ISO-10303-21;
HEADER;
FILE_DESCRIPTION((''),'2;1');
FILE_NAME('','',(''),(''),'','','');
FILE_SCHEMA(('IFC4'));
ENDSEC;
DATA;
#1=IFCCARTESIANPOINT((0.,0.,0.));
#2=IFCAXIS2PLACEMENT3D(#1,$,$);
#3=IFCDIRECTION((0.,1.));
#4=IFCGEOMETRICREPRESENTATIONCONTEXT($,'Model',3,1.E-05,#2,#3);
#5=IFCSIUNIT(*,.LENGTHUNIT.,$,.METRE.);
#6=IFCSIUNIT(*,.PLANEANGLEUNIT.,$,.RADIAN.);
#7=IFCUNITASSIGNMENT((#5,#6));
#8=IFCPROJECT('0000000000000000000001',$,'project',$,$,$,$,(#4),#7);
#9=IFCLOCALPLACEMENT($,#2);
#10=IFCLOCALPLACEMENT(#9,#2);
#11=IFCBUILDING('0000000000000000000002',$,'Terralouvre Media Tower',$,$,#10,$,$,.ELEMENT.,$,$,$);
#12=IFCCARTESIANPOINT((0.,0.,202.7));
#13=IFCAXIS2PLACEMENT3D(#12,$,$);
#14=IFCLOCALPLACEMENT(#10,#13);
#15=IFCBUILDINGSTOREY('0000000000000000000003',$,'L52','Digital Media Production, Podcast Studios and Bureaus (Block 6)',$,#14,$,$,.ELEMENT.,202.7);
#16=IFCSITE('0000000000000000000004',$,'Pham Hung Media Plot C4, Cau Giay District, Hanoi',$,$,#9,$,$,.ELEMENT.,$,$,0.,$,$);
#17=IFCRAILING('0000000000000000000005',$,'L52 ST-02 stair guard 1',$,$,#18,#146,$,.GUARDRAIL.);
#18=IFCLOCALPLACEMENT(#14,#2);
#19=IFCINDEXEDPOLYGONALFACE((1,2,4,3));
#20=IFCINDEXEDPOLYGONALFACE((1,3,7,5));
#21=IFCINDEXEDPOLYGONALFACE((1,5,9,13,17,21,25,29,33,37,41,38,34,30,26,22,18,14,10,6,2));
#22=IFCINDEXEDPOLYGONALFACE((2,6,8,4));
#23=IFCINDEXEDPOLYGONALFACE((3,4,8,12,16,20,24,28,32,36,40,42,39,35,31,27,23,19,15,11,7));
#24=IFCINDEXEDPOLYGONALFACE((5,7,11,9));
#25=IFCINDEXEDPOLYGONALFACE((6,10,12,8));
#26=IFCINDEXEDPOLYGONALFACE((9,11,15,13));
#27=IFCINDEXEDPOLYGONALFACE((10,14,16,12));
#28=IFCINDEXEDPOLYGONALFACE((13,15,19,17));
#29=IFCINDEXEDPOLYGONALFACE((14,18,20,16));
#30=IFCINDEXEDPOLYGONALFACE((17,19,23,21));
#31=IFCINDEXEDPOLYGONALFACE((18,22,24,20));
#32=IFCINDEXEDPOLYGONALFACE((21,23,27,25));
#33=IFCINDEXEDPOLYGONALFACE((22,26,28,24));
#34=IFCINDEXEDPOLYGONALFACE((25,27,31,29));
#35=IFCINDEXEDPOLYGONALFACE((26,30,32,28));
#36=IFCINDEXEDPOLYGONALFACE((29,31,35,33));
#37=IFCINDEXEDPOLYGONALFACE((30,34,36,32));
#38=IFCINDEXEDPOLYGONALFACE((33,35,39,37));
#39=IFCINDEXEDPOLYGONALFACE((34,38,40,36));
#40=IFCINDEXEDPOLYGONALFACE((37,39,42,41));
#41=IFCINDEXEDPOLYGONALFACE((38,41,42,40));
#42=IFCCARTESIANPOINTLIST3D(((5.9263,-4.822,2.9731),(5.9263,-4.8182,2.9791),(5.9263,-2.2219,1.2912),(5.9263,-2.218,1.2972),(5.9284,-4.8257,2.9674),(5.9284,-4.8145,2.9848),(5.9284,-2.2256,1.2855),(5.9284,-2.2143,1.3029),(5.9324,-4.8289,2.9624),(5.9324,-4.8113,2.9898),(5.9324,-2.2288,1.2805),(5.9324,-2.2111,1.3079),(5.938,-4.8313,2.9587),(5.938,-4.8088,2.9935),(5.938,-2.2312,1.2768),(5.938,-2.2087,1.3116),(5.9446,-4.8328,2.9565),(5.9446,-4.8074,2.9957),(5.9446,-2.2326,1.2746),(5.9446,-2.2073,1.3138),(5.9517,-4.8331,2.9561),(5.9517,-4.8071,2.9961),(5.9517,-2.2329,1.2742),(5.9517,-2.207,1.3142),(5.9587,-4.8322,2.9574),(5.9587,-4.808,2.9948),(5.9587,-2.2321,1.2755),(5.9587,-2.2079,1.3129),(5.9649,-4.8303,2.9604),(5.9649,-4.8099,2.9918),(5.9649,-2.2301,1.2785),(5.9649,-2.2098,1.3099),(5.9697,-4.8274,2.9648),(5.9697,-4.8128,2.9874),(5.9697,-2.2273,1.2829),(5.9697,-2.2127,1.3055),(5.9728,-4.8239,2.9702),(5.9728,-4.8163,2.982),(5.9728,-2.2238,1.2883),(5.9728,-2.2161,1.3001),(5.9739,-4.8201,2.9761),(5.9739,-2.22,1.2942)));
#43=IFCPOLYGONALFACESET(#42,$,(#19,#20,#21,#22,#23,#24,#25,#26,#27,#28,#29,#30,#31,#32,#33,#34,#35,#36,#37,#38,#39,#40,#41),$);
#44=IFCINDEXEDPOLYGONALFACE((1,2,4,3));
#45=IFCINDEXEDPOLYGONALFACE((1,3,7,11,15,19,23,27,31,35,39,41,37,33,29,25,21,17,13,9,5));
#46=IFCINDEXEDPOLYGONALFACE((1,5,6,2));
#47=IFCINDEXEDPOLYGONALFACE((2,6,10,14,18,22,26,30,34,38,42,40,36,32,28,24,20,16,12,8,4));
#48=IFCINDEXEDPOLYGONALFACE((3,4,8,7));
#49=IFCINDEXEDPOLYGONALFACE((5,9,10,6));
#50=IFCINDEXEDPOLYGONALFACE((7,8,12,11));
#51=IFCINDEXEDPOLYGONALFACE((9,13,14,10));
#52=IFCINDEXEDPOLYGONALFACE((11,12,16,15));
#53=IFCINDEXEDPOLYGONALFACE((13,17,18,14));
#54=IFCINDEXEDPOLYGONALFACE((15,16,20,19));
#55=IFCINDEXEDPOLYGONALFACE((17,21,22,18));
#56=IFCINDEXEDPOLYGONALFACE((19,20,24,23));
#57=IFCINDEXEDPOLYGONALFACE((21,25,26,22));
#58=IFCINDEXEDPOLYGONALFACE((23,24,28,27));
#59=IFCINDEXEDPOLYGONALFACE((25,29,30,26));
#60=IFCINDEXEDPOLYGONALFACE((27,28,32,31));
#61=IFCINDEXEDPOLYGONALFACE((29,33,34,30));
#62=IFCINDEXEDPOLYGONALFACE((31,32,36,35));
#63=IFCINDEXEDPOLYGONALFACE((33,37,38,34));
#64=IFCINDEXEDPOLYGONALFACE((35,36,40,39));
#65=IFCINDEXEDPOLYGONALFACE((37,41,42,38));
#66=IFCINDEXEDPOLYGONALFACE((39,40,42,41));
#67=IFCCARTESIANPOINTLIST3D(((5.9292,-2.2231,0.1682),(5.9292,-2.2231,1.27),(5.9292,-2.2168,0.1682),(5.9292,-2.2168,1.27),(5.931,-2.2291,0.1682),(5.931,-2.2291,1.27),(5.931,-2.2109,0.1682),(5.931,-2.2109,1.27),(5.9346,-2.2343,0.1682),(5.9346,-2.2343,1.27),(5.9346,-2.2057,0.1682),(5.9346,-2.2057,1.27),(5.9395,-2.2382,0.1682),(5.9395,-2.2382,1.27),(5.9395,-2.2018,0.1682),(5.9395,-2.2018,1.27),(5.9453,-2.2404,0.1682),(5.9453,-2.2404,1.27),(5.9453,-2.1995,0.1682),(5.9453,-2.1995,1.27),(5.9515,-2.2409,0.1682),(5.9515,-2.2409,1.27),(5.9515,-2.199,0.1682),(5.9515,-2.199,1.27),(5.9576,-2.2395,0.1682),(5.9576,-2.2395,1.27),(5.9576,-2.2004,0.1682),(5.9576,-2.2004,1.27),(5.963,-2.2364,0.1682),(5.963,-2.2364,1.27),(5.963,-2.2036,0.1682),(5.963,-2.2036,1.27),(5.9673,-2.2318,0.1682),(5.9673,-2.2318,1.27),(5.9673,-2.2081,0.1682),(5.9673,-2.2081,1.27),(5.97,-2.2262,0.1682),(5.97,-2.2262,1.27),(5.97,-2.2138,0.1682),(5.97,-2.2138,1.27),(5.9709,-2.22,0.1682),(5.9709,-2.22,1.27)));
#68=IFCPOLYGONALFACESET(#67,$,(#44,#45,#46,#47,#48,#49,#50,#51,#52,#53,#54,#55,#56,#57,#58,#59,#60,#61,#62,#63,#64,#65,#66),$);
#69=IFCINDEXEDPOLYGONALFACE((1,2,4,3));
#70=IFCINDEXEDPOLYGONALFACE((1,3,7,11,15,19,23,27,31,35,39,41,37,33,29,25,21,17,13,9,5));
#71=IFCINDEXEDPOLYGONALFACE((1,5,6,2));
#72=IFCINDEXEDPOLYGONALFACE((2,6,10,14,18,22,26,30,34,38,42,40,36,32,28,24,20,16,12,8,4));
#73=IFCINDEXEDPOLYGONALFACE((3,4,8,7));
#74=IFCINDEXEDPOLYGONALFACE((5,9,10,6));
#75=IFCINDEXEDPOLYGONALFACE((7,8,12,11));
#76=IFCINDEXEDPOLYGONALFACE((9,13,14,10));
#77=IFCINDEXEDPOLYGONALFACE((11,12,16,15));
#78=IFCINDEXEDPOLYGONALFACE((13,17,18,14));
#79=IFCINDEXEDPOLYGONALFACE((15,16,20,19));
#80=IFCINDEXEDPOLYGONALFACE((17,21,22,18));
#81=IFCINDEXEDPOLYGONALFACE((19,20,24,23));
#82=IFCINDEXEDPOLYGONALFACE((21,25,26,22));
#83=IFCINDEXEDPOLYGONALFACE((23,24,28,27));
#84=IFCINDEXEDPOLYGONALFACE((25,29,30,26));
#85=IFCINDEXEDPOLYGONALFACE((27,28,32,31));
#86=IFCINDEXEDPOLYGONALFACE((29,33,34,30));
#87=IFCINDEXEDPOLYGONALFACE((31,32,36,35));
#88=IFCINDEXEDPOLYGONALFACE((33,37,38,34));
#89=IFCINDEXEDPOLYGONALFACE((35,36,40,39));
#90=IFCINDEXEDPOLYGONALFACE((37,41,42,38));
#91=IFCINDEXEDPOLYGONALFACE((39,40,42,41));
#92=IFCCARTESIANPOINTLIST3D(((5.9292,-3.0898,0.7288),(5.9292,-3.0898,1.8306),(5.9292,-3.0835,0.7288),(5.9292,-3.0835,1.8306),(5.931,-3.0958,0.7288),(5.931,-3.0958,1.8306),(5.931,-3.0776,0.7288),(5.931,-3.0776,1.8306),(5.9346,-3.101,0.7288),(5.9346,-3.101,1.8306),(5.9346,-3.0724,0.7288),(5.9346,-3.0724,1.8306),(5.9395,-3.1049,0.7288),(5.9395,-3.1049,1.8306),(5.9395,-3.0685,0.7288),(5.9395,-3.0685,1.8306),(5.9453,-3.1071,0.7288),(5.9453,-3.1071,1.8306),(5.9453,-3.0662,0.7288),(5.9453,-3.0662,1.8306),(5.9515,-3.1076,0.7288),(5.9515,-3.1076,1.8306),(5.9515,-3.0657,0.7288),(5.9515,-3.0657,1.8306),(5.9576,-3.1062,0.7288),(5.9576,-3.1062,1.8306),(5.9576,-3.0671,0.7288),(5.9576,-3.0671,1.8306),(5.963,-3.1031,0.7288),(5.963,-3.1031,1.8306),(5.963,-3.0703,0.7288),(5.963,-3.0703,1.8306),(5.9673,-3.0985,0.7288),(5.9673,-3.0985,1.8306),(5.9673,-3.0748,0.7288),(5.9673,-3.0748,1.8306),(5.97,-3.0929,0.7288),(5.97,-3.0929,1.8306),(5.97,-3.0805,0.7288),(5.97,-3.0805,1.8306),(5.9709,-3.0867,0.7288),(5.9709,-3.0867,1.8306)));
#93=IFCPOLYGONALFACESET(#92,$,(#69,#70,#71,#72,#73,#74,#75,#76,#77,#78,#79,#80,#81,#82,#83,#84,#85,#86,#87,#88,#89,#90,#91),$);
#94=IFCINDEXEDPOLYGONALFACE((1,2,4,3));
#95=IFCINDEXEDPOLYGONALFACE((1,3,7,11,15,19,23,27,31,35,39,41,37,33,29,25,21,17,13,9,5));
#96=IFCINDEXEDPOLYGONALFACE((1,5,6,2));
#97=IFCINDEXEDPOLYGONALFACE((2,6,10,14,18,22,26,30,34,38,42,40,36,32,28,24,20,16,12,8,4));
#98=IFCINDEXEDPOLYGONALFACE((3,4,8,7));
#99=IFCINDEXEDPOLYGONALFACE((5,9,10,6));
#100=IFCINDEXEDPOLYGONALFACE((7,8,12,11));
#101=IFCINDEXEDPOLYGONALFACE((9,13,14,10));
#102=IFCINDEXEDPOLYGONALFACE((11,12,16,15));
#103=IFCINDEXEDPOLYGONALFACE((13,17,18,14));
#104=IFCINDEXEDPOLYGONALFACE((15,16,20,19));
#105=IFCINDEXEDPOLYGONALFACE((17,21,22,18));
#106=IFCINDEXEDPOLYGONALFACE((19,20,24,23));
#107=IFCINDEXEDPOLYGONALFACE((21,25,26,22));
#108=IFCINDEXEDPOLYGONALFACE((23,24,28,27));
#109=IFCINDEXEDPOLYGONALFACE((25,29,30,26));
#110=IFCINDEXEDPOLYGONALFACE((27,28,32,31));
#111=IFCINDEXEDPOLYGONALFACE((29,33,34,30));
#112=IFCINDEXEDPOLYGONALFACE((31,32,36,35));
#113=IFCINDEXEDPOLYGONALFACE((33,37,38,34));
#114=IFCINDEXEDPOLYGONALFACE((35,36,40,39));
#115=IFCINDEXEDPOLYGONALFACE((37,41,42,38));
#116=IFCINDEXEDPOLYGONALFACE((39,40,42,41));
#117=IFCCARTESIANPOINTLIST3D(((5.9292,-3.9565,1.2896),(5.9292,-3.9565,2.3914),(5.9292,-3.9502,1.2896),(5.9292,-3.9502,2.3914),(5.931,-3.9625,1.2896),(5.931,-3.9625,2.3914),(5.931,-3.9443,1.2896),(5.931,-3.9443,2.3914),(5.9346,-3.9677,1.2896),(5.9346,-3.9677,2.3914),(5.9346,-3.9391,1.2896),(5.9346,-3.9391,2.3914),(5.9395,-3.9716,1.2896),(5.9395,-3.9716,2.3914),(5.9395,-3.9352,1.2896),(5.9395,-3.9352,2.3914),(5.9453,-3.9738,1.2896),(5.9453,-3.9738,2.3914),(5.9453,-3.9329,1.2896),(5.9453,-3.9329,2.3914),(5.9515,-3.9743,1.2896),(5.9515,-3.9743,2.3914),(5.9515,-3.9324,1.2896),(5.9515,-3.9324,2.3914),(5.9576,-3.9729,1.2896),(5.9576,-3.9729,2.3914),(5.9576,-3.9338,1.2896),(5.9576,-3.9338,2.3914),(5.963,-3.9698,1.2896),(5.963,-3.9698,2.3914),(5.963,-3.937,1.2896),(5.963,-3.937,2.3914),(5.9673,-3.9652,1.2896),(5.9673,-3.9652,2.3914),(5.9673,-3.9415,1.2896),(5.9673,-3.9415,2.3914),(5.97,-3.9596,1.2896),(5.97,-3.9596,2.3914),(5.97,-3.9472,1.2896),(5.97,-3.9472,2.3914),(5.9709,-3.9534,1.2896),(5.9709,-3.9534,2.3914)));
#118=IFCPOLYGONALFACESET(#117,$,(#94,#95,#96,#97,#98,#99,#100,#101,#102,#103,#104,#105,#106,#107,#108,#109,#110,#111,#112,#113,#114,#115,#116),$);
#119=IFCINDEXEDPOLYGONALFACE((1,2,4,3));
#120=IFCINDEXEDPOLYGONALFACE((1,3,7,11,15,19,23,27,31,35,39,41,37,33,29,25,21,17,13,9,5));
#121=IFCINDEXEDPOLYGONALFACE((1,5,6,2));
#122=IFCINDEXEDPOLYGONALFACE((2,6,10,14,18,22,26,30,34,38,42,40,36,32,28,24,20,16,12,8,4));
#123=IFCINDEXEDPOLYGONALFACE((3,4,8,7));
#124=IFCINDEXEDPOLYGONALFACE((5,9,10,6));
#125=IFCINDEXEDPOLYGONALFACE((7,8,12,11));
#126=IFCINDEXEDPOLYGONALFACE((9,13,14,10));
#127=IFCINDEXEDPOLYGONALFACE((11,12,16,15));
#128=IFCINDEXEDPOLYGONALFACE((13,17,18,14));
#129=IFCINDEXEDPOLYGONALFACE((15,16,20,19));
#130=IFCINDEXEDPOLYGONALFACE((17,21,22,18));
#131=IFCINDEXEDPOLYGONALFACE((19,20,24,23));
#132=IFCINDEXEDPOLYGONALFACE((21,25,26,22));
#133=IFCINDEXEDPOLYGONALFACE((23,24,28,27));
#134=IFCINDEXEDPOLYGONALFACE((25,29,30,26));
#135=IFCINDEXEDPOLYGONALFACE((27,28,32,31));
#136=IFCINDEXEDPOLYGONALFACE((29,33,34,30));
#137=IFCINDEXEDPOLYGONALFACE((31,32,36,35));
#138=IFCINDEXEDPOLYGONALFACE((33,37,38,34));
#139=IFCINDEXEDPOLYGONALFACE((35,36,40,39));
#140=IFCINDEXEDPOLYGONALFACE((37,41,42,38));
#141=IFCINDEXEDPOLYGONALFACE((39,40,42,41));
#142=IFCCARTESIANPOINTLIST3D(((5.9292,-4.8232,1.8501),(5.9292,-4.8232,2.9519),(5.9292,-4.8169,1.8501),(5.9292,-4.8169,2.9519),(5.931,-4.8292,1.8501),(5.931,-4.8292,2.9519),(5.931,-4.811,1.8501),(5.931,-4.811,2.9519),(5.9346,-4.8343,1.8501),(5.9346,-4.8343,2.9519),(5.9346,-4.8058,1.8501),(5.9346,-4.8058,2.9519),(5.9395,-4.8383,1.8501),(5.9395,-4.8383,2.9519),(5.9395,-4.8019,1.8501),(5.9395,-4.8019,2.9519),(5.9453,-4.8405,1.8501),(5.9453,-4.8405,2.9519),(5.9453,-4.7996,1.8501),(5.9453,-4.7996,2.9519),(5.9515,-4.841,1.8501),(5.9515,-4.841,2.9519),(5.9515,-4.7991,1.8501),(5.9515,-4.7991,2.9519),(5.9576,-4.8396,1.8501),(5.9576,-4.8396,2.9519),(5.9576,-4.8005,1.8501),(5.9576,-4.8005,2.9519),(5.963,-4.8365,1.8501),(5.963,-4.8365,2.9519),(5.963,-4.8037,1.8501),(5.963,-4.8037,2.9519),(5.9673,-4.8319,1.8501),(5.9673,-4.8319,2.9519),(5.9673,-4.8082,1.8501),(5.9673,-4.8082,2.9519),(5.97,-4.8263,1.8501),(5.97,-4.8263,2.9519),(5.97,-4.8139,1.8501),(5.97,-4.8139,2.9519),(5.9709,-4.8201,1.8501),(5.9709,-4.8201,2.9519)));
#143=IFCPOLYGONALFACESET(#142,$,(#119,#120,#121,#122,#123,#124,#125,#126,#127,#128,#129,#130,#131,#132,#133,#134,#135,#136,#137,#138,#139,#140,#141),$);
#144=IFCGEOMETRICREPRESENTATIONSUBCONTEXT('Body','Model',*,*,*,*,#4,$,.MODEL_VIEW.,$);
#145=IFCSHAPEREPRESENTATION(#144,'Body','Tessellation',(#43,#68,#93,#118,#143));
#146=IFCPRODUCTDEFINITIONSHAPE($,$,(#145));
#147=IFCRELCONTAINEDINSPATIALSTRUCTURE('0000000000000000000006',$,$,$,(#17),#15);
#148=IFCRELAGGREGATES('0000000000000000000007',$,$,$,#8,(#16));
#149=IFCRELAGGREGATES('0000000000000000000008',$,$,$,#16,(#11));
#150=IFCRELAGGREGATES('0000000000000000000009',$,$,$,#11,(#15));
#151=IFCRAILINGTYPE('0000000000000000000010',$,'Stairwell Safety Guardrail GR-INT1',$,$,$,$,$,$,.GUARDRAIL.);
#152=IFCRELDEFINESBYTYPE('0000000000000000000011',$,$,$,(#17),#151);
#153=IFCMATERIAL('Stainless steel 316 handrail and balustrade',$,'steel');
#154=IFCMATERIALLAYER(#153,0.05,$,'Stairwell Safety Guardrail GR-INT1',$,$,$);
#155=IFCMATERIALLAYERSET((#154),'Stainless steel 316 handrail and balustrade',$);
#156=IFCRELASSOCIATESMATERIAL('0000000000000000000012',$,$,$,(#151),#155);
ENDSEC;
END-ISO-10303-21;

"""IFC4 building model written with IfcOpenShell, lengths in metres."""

from ifc_helpers import new_model, si_unit, direction, frame, origin, origin_2d, place, context, subcontext, project, spatial, circle, extrude, material, layer, layer_set, type_object, element, save


model = new_model("IFC4")

# Units and contexts
model_context = context("Model", 3, precision=1e-05, world=origin(), true_north=direction((0.0, 1.0)))
body_context = subcontext(model_context, "Body", "Model", "MODEL_VIEW")
ifc_project = project(units=[si_unit("LENGTHUNIT", "METRE"), si_unit("PLANEANGLEUNIT", "RADIAN")], contexts=[model_context])

# Site, building, storey
site_placement = place(None, origin())
site = spatial("IfcSite", under=ifc_project, at=site_placement, Name="Pham Hung Media Plot C4, Cau Giay District, Hanoi", CompositionType="ELEMENT", RefElevation=0.0)
building_placement = place(site_placement, origin())
building = spatial("IfcBuilding", under=site, at=building_placement, Name="Terralouvre Media Tower", CompositionType="ELEMENT")
storey_placement = place(building_placement, frame((0.0, 0.0, 202.7)))
storey = spatial("IfcBuildingStorey", under=building, at=storey_placement, Name="L52", Description="Digital Media Production, Podcast Studios and Bureaus (Block 6)", CompositionType="ELEMENT", Elevation=202.7)

# Railing
ifc_material_1 = material(Name="Stainless steel 316 handrail and balustrade", Category="steel")
ifc_layer_1 = layer(ifc_material_1, 0.05, Name="Stairwell Safety Guardrail GR-INT1")
ifc_layer_set_1 = layer_set([ifc_layer_1], Name="Stainless steel 316 handrail and balustrade")
railing_type_1 = type_object("IfcRailingType", Name="Stairwell Safety Guardrail GR-INT1", PredefinedType="GUARDRAIL", material=ifc_layer_set_1)
railing_1_placement = place(storey_placement, frame((5.95, -2.22, 0.1682)))
element("IfcRailing", 1, at=railing_1_placement, inside=storey, type_object=railing_type_1, Name="L52 ST-02 stair guard 1", PredefinedType="GUARDRAIL", context=body_context, shape_type="SweptSolid", body=[
    extrude(circle(Radius=0.0239, at=origin_2d()), frame((0.0, 0.0, 1.126), z_axis=(0.0, -0.839648, 0.54313), x_axis=(1.0, 0.0, 0.0)), (0.0, 0.0, 1.0), 3.0967),
    extrude(circle(Radius=0.021, at=origin_2d()), origin(), (0.0, 0.0, 1.0), 1.1018),
    extrude(circle(Radius=0.021, at=origin_2d()), frame((0.0, -0.8667, 0.5605)), (0.0, 0.0, 1.0), 1.1018),
    extrude(circle(Radius=0.021, at=origin_2d()), frame((0.0, -1.7334, 1.1213)), (0.0, 0.0, 1.0), 1.1018),
    extrude(circle(Radius=0.021, at=origin_2d()), frame((0.0, -2.6001, 1.6819)), (0.0, 0.0, 1.0), 1.1018),
])

save(model, "model.ifc")
